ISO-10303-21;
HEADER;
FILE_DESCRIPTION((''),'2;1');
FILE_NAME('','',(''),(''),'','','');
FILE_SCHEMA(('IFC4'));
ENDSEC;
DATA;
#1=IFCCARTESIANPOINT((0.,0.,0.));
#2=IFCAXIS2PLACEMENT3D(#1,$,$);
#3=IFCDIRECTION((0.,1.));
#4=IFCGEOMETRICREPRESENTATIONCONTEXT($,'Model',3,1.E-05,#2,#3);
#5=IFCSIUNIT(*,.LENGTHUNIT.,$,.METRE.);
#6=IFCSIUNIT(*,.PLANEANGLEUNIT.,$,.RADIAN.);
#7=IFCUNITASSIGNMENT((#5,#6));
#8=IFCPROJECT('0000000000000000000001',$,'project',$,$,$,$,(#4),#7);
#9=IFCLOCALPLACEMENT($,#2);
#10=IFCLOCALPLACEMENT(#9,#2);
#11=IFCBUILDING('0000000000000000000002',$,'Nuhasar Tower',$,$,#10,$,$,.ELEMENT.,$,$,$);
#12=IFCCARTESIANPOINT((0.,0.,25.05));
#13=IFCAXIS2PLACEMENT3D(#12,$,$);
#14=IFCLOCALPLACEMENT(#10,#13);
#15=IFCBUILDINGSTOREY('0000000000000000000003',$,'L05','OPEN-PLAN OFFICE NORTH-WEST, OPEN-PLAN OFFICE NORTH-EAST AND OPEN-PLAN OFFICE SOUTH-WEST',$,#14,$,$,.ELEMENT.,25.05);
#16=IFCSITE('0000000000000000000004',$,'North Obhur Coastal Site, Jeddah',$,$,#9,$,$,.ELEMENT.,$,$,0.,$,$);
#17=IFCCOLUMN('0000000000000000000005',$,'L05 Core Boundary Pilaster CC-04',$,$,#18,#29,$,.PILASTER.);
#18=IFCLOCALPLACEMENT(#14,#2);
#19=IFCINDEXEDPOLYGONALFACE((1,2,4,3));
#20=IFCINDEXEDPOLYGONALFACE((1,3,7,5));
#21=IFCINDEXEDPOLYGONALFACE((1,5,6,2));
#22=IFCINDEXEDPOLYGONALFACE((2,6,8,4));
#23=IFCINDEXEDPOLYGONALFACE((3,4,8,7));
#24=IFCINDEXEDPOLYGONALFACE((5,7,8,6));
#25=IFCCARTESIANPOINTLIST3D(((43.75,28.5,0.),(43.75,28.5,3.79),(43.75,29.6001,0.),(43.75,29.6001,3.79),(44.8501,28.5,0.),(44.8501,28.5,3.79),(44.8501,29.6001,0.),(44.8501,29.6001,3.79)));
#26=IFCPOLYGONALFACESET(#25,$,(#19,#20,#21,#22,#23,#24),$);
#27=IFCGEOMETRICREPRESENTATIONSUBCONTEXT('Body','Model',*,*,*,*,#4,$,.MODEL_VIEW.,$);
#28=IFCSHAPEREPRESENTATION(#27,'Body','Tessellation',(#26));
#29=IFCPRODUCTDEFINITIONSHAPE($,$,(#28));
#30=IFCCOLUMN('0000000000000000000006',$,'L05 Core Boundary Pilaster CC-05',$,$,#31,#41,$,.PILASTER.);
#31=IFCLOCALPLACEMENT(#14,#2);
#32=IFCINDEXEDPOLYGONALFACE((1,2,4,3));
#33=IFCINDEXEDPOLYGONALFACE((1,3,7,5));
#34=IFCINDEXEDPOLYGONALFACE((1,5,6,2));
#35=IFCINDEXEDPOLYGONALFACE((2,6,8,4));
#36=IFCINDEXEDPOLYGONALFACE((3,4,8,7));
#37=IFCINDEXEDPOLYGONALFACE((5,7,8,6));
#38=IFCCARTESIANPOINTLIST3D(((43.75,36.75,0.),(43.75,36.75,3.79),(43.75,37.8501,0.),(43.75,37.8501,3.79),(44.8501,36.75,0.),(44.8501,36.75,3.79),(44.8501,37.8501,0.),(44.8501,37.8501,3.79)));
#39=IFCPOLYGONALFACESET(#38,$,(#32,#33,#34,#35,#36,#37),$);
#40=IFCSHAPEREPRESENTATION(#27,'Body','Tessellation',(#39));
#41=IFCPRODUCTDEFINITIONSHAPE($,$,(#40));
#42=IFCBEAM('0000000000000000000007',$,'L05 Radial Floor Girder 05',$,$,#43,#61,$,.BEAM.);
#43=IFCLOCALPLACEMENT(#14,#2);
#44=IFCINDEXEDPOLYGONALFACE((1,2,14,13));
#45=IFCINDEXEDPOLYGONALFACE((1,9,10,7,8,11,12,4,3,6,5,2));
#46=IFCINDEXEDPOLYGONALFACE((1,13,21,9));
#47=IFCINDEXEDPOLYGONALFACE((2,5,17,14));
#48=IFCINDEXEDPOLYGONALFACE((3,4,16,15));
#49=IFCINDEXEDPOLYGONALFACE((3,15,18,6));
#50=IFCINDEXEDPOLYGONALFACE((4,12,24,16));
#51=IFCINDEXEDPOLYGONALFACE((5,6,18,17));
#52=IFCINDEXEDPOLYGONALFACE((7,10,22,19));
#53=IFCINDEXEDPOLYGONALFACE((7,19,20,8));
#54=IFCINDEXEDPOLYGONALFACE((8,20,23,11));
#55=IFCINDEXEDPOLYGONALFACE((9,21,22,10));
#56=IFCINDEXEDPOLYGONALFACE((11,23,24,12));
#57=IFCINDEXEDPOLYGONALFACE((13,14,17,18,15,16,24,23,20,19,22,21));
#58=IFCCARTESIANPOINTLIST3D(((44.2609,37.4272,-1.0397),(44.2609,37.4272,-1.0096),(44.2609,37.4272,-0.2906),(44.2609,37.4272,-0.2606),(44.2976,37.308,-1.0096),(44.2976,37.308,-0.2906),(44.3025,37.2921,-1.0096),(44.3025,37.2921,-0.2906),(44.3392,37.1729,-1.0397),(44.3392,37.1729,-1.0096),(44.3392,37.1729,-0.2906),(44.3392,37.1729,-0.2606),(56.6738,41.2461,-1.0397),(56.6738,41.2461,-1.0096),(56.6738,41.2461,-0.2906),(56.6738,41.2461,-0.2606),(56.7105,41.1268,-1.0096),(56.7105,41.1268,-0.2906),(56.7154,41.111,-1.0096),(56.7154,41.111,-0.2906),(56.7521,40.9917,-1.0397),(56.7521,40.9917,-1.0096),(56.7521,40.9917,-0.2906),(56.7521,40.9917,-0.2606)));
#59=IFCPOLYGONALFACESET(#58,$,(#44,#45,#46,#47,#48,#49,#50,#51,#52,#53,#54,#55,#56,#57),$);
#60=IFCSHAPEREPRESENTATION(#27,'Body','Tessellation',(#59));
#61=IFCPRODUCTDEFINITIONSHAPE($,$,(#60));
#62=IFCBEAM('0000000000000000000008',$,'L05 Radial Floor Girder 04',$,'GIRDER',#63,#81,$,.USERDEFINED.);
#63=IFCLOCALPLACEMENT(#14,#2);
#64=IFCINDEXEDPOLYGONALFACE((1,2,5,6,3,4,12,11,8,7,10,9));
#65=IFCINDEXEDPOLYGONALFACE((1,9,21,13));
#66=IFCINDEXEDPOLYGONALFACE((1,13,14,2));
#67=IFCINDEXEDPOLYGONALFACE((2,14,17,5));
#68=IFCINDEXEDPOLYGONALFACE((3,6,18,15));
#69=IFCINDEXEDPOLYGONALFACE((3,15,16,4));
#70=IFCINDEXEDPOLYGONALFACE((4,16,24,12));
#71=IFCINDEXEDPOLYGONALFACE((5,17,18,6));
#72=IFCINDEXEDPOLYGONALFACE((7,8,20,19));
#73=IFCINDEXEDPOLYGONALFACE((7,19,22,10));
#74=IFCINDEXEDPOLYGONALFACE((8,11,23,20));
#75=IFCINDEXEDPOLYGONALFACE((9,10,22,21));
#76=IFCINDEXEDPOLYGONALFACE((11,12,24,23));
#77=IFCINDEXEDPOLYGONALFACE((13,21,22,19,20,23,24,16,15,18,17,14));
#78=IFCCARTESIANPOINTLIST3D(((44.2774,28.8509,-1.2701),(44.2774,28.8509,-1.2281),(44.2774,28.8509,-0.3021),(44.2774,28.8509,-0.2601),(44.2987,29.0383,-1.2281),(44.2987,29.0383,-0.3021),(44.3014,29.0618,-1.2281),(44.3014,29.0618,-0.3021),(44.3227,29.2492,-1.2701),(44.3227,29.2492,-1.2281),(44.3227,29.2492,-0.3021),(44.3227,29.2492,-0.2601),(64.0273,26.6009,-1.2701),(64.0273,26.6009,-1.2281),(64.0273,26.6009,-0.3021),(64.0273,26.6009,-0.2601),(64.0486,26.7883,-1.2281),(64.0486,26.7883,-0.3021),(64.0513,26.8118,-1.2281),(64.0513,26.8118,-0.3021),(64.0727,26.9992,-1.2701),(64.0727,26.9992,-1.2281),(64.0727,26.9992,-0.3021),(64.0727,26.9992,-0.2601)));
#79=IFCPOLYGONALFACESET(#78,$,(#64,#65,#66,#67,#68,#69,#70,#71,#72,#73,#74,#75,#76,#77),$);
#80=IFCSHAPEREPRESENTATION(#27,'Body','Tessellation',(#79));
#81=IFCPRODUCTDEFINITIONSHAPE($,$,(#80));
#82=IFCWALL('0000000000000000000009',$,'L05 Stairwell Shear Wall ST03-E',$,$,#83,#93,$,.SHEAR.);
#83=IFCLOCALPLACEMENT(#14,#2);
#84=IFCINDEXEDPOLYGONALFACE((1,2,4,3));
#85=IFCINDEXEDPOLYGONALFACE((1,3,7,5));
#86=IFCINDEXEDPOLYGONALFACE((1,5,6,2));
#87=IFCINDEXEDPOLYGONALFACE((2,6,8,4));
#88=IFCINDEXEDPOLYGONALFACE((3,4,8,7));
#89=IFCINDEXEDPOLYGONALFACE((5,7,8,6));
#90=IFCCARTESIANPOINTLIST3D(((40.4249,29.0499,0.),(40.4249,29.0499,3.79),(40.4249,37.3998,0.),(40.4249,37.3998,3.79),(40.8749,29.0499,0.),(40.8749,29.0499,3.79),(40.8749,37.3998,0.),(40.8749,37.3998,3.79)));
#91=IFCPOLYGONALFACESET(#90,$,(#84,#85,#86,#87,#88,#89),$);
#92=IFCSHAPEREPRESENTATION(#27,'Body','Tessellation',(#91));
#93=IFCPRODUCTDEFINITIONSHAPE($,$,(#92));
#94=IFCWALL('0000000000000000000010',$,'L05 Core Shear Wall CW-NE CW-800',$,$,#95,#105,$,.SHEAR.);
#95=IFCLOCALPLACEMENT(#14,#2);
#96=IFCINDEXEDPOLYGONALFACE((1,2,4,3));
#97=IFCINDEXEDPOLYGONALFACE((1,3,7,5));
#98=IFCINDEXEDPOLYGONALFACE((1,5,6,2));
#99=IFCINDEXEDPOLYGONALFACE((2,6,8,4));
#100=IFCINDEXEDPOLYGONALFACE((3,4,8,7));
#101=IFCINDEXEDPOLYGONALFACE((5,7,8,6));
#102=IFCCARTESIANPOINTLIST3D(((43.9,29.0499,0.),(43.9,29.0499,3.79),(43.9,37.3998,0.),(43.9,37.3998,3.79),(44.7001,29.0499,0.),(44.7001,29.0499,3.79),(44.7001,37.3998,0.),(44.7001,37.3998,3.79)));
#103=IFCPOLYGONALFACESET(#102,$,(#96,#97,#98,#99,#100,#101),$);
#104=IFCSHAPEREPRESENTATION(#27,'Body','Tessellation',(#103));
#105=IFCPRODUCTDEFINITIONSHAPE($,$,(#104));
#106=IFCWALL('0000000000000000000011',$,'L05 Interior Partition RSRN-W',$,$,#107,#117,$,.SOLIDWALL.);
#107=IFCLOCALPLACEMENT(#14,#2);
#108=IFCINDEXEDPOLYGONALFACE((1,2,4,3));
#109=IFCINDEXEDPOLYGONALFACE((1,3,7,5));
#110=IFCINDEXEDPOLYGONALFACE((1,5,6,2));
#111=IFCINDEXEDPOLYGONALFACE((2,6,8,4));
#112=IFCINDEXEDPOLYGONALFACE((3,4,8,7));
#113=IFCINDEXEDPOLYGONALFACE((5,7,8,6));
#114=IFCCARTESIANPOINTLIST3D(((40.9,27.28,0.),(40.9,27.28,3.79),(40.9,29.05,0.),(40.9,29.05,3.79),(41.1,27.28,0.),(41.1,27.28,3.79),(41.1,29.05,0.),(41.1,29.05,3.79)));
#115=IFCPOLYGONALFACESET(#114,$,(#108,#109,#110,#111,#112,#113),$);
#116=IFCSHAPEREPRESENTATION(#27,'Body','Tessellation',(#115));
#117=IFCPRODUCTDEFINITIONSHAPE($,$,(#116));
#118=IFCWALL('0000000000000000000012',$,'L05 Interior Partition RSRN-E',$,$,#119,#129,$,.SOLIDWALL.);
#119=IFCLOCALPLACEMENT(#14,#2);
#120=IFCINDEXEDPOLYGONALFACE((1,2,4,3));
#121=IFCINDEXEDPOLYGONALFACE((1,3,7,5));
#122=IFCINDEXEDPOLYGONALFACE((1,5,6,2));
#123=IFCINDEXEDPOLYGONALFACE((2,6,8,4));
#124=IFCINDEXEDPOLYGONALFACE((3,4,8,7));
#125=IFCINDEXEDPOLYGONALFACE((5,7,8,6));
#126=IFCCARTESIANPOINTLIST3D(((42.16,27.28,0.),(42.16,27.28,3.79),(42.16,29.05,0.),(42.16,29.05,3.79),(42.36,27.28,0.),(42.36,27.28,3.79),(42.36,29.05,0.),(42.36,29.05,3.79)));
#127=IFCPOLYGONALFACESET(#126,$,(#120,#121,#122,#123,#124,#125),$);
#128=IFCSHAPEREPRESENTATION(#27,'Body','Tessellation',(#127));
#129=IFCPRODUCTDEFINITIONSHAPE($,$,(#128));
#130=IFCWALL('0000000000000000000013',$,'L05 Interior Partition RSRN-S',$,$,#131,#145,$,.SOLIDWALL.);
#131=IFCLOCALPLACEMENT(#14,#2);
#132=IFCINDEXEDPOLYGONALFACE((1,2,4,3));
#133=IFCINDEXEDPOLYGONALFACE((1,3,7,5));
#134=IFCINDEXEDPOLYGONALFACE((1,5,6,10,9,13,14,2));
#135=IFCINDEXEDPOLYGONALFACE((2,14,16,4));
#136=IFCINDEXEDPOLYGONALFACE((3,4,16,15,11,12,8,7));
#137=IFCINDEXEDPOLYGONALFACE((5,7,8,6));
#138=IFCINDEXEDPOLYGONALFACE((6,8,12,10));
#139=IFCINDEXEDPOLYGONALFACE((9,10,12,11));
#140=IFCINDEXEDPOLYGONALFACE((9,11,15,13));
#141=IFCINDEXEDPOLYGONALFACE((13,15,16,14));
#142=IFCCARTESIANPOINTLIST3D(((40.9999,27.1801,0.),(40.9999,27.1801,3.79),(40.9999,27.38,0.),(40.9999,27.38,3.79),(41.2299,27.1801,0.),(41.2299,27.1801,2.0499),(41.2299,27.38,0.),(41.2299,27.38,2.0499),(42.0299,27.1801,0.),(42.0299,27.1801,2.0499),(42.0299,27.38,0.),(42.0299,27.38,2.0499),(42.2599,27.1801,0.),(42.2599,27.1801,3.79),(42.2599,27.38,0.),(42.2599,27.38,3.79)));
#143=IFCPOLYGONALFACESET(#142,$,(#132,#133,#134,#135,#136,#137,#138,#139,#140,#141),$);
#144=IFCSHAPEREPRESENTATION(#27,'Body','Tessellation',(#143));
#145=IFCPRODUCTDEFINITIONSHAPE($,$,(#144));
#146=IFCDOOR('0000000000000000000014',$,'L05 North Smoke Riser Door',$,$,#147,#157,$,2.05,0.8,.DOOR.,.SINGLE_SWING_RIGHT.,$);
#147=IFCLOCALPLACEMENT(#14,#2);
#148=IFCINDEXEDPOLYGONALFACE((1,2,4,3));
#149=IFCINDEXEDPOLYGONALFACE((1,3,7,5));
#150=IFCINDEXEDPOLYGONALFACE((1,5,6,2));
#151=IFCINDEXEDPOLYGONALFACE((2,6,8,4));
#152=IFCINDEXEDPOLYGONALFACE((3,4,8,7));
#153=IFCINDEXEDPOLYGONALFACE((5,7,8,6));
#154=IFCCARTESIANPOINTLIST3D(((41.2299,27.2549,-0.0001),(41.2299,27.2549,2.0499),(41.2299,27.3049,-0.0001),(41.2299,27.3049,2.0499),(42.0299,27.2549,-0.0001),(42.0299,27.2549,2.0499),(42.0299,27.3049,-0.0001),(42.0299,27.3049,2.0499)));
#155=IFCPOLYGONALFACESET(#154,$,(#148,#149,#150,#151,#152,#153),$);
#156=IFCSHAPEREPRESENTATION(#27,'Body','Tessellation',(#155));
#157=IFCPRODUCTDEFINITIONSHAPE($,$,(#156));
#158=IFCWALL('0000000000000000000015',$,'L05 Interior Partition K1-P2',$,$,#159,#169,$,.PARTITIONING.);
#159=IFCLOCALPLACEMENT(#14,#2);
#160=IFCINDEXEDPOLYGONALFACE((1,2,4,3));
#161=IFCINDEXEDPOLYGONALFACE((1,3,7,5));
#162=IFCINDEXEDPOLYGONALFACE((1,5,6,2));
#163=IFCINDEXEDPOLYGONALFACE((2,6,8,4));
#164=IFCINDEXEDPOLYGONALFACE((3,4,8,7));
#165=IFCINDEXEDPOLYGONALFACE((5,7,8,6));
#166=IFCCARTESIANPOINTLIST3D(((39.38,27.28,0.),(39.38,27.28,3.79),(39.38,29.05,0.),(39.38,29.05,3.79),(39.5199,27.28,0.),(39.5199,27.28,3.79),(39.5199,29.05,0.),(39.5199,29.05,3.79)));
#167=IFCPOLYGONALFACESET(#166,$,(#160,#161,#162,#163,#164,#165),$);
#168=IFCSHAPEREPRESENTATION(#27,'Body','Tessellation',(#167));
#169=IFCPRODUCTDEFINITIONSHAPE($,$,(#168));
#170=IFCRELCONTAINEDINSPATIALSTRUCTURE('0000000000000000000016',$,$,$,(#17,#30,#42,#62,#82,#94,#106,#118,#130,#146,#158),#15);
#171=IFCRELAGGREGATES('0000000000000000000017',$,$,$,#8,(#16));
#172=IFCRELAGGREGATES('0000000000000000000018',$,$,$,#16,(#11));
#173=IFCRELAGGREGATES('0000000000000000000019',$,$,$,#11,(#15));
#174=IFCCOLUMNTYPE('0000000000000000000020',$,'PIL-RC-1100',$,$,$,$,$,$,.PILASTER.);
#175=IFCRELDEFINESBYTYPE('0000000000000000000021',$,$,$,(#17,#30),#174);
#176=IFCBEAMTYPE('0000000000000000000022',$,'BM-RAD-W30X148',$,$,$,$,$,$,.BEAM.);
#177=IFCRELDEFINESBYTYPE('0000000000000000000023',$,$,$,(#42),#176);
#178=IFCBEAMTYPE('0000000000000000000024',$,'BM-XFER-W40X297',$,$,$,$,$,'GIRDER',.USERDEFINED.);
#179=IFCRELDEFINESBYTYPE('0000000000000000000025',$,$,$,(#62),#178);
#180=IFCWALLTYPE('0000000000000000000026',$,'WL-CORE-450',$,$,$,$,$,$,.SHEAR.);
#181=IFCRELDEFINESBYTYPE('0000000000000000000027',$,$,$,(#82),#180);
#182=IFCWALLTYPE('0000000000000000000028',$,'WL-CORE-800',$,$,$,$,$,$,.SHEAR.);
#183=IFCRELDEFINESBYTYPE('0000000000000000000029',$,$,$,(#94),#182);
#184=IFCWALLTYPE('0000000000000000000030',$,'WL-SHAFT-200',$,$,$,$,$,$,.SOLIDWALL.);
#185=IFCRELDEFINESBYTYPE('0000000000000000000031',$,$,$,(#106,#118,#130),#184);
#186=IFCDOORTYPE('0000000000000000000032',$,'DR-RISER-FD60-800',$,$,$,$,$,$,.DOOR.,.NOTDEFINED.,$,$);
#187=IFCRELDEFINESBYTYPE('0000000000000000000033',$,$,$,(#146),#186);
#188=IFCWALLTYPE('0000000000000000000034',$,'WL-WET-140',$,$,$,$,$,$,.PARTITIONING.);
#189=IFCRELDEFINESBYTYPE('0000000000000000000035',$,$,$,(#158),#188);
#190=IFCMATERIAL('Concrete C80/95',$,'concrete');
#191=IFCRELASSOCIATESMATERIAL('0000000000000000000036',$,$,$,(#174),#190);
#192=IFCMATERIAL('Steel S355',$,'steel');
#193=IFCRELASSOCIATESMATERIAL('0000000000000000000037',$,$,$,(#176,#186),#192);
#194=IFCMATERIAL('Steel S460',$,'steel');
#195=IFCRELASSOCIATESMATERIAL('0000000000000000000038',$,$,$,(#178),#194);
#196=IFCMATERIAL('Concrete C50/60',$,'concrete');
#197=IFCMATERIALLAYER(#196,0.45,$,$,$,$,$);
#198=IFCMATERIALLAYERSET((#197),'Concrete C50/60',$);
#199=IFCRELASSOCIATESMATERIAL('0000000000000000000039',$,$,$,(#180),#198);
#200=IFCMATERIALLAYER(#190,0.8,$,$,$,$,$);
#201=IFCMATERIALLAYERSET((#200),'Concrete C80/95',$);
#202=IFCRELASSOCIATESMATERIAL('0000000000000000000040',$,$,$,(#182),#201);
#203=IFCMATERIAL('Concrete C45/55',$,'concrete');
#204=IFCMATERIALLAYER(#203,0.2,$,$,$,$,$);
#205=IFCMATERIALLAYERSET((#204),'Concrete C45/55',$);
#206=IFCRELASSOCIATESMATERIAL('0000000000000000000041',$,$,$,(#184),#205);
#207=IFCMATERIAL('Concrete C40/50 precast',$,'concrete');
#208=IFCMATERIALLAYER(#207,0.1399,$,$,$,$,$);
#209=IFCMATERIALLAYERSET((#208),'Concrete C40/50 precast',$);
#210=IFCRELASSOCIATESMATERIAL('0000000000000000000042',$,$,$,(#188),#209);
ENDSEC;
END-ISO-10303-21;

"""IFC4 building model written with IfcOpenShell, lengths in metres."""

from ifc_helpers import new_model, si_unit, direction, frame, frame_2d, origin, origin_2d, place, context, subcontext, project, spatial, rectangle, i_section, extrude, material, layer, layer_set, material_profile, profile_set, type_object, element, fill, save


model = new_model("IFC4")

# Units and contexts
model_context = context("Model", 3, precision=1e-05, world=origin(), true_north=direction((0.0, 1.0)))
body_context = subcontext(model_context, "Body", "Model", "MODEL_VIEW")
ifc_project = project(units=[si_unit("LENGTHUNIT", "METRE"), si_unit("PLANEANGLEUNIT", "RADIAN")], contexts=[model_context])

# Site, building, storey
site_placement = place(None, origin())
site = spatial("IfcSite", under=ifc_project, at=site_placement, Name="North Obhur Coastal Site, Jeddah", CompositionType="ELEMENT", RefElevation=0.0)
building_placement = place(site_placement, origin())
building = spatial("IfcBuilding", under=site, at=building_placement, Name="Nuhasar Tower", CompositionType="ELEMENT")
storey_placement = place(building_placement, frame((0.0, 0.0, 25.05)))
storey = spatial("IfcBuildingStorey", under=building, at=storey_placement, Name="L05", Description="OPEN-PLAN OFFICE NORTH-WEST, OPEN-PLAN OFFICE NORTH-EAST AND OPEN-PLAN OFFICE SOUTH-WEST", CompositionType="ELEMENT", Elevation=25.05)

# Columns
ifc_material_1 = material(Name="Concrete C80/95", Category="concrete")
ifc_material_profile_1 = material_profile(ifc_material_1, rectangle(XDim=1.1001, YDim=1.1001, at=origin_2d()), Name="RC1100X1100")
ifc_profile_set_1 = profile_set([ifc_material_profile_1], Name="Concrete C80/95")
column_type = type_object("IfcColumnType", Name="PIL-RC-1100", PredefinedType="PILASTER", material=ifc_profile_set_1)
for number, where, z_axis, x_axis, name in (
    (1, (44.3, 29.05, 0.0), (0.0, 0.0, 1.0), (1.0, 0.0, 0.0), "L05 Core Boundary Pilaster CC-04"),
    (2, (44.3, 37.3, 0.0), (0.0, 0.0, 1.0), (1.0, 0.0, 0.0), "L05 Core Boundary Pilaster CC-05"),
):
    element("IfcColumn", number, at=place(storey_placement, frame(where, z_axis=z_axis, x_axis=x_axis)), inside=storey, type_object=column_type, Name=name, PredefinedType="PILASTER", context=body_context, shape_type="SweptSolid", body=[
        extrude(rectangle(XDim=1.1001, YDim=1.1001, at=origin_2d()), origin(), (0.0, 0.0, 1.0), 3.79),
    ])

# Beams
ifc_material_2 = material(Name="Steel S355", Category="steel")
ifc_material_profile_2 = material_profile(ifc_material_2, i_section(OverallWidth=0.2661, OverallDepth=0.7791, WebThickness=0.0166, FlangeThickness=0.03, at=origin_2d()), Name="W30X148")
ifc_profile_set_2 = profile_set([ifc_material_profile_2], Name="Steel S355")
beam_type_1 = type_object("IfcBeamType", Name="BM-RAD-W30X148", PredefinedType="BEAM", material=ifc_profile_set_2)
beam_1_placement = place(storey_placement, frame((44.3, 37.3, -0.6501), z_axis=(0.95579, 0.294052, 0.0), x_axis=(-0.294052, 0.95579, 0.0)))
element("IfcBeam", 3, at=beam_1_placement, inside=storey, type_object=beam_type_1, Name="L05 Radial Floor Girder 05", PredefinedType="BEAM", context=body_context, shape_type="SweptSolid", body=[
    extrude(i_section(OverallWidth=0.2661, OverallDepth=0.7791, WebThickness=0.0166, FlangeThickness=0.03, at=origin_2d()), origin(), (0.0, 0.0, 1.0), 12.9871),
])
ifc_material_3 = material(Name="Steel S460", Category="steel")
ifc_material_profile_3 = material_profile(ifc_material_3, i_section(OverallWidth=0.4009, OverallDepth=1.01, WebThickness=0.0237, FlangeThickness=0.042, at=origin_2d()), Name="W40X297")
ifc_profile_set_3 = profile_set([ifc_material_profile_3], Name="Steel S460")
beam_type_2 = type_object("IfcBeamType", Name="BM-XFER-W40X297", ElementType="GIRDER", PredefinedType="USERDEFINED", material=ifc_profile_set_3)
beam_2_placement = place(storey_placement, frame((44.3, 29.05, -0.7651), z_axis=(0.993573, -0.113192, 0.0), x_axis=(0.113192, 0.993573, 0.0)))
element("IfcBeam", 4, at=beam_2_placement, inside=storey, type_object=beam_type_2, Name="L05 Radial Floor Girder 04", ObjectType="GIRDER", PredefinedType="USERDEFINED", context=body_context, shape_type="SweptSolid", body=[
    extrude(i_section(OverallWidth=0.4009, OverallDepth=1.01, WebThickness=0.0237, FlangeThickness=0.042, at=origin_2d()), origin(), (0.0, 0.0, 1.0), 19.8777),
])

# Shared definitions
ifc_material_4 = material(Name="Concrete C50/60", Category="concrete")
ifc_layer_1 = layer(ifc_material_4, 0.45)
ifc_layer_set_1 = layer_set([ifc_layer_1], Name="Concrete C50/60")
wall_type_1 = type_object("IfcWallType", Name="WL-CORE-450", PredefinedType="SHEAR", material=ifc_layer_set_1)

# Wall
wall_1_placement = place(storey_placement, frame((40.6499, 29.05, 0.0), z_axis=(0.0, 0.0, 1.0), x_axis=(0.0, 1.0, 0.0)))
element("IfcWall", 5, at=wall_1_placement, inside=storey, type_object=wall_type_1, Name="L05 Stairwell Shear Wall ST03-E", PredefinedType="SHEAR", context=body_context, shape_type="SweptSolid", body=[
    extrude(rectangle(XDim=8.3499, YDim=0.45, at=frame_2d((4.1748, 0.0))), origin(), (0.0, 0.0, 1.0), 3.79),
])

# Walls
ifc_layer_2 = layer(ifc_material_1, 0.8)
ifc_layer_set_2 = layer_set([ifc_layer_2], Name="Concrete C80/95")
wall_type_2 = type_object("IfcWallType", Name="WL-CORE-800", PredefinedType="SHEAR", material=ifc_layer_set_2)
wall_2_placement = place(storey_placement, frame((44.3, 29.05, 0.0), z_axis=(0.0, 0.0, 1.0), x_axis=(0.0, 1.0, 0.0)))
element("IfcWall", 6, at=wall_2_placement, inside=storey, type_object=wall_type_2, Name="L05 Core Shear Wall CW-NE CW-800", PredefinedType="SHEAR", context=body_context, shape_type="SweptSolid", body=[
    extrude(rectangle(XDim=8.3499, YDim=0.8, at=frame_2d((4.1748, 0.0))), origin(), (0.0, 0.0, 1.0), 3.79),
])
ifc_material_5 = material(Name="Concrete C45/55", Category="concrete")
ifc_layer_3 = layer(ifc_material_5, 0.2)
ifc_layer_set_3 = layer_set([ifc_layer_3], Name="Concrete C45/55")
wall_type_3 = type_object("IfcWallType", Name="WL-SHAFT-200", PredefinedType="SOLIDWALL", material=ifc_layer_set_3)
for number, where, z_axis, x_axis, name in (
    (7, (41.0, 27.28, 0.0), (0.0, 0.0, 1.0), (0.0, 1.0, 0.0), "L05 Interior Partition RSRN-W"),
    (8, (42.26, 27.28, 0.0), (0.0, 0.0, 1.0), (0.0, 1.0, 0.0), "L05 Interior Partition RSRN-E"),
):
    element("IfcWall", number, at=place(storey_placement, frame(where, z_axis=z_axis, x_axis=x_axis)), inside=storey, type_object=wall_type_3, Name=name, PredefinedType="SOLIDWALL", context=body_context, shape_type="SweptSolid", body=[
        extrude(rectangle(XDim=1.77, YDim=0.2, at=frame_2d((0.885, 0.0))), origin(), (0.0, 0.0, 1.0), 3.79),
    ])

# Wall, opening, door
wall_3_placement = place(storey_placement, frame((41.0, 27.28, 0.0), z_axis=(0.0, 0.0, 1.0), x_axis=(1.0, 0.0, 0.0)))
wall_3 = element("IfcWall", 9, at=wall_3_placement, inside=storey, type_object=wall_type_3, Name="L05 Interior Partition RSRN-S", PredefinedType="SOLIDWALL", context=body_context, shape_type="SweptSolid", body=[
    extrude(rectangle(XDim=1.26, YDim=0.2, at=frame_2d((0.6299, 0.0))), origin(), (0.0, 0.0, 1.0), 3.79),
])
opening_1_placement = place(wall_3_placement, frame((0.23, 0.0, 0.0)))
opening_1 = element("IfcOpeningElement", 10, at=opening_1_placement, cuts=wall_3, PredefinedType="OPENING", context=body_context, shape_type="SweptSolid", body=[
    extrude(rectangle(XDim=0.8, YDim=2.05, at=frame_2d((0.3999, 1.0249))), frame((0.0, 0.1099, 0.0), z_axis=(0.0, -1.0, 0.0), x_axis=(1.0, 0.0, 0.0)), (0.0, 0.0, 1.0), 0.22),
])
door_type_1 = type_object("IfcDoorType", Name="DR-RISER-FD60-800", OperationType="NOTDEFINED", PredefinedType="DOOR", material=ifc_material_2)
door_1_placement = place(opening_1_placement, origin())
door_1 = element("IfcDoor", 11, at=door_1_placement, inside=storey, type_object=door_type_1, Name="L05 North Smoke Riser Door", OperationType="SINGLE_SWING_RIGHT", OverallHeight=2.05, OverallWidth=0.8, PredefinedType="DOOR", context=body_context, shape_type="SweptSolid", body=[
    extrude(rectangle(XDim=0.8, YDim=2.05, at=frame_2d((0.3999, 1.0249))), frame((0.0, 0.0249, 0.0), z_axis=(0.0, -1.0, 0.0), x_axis=(1.0, 0.0, 0.0)), (0.0, 0.0, 1.0), 0.05),
])
fill(opening_1, door_1)

# Wall
ifc_material_6 = material(Name="Concrete C40/50 precast", Category="concrete")
ifc_layer_4 = layer(ifc_material_6, 0.1399)
ifc_layer_set_4 = layer_set([ifc_layer_4], Name="Concrete C40/50 precast")
wall_type_4 = type_object("IfcWallType", Name="WL-WET-140", PredefinedType="PARTITIONING", material=ifc_layer_set_4)
wall_4_placement = place(storey_placement, frame((39.45, 27.28, 0.0), z_axis=(0.0, 0.0, 1.0), x_axis=(0.0, 1.0, 0.0)))
element("IfcWall", 12, at=wall_4_placement, inside=storey, type_object=wall_type_4, Name="L05 Interior Partition K1-P2", PredefinedType="PARTITIONING", context=body_context, shape_type="SweptSolid", body=[
    extrude(rectangle(XDim=1.77, YDim=0.1399, at=frame_2d((0.885, 0.0))), origin(), (0.0, 0.0, 1.0), 3.79),
])

save(model, "model.ifc")
